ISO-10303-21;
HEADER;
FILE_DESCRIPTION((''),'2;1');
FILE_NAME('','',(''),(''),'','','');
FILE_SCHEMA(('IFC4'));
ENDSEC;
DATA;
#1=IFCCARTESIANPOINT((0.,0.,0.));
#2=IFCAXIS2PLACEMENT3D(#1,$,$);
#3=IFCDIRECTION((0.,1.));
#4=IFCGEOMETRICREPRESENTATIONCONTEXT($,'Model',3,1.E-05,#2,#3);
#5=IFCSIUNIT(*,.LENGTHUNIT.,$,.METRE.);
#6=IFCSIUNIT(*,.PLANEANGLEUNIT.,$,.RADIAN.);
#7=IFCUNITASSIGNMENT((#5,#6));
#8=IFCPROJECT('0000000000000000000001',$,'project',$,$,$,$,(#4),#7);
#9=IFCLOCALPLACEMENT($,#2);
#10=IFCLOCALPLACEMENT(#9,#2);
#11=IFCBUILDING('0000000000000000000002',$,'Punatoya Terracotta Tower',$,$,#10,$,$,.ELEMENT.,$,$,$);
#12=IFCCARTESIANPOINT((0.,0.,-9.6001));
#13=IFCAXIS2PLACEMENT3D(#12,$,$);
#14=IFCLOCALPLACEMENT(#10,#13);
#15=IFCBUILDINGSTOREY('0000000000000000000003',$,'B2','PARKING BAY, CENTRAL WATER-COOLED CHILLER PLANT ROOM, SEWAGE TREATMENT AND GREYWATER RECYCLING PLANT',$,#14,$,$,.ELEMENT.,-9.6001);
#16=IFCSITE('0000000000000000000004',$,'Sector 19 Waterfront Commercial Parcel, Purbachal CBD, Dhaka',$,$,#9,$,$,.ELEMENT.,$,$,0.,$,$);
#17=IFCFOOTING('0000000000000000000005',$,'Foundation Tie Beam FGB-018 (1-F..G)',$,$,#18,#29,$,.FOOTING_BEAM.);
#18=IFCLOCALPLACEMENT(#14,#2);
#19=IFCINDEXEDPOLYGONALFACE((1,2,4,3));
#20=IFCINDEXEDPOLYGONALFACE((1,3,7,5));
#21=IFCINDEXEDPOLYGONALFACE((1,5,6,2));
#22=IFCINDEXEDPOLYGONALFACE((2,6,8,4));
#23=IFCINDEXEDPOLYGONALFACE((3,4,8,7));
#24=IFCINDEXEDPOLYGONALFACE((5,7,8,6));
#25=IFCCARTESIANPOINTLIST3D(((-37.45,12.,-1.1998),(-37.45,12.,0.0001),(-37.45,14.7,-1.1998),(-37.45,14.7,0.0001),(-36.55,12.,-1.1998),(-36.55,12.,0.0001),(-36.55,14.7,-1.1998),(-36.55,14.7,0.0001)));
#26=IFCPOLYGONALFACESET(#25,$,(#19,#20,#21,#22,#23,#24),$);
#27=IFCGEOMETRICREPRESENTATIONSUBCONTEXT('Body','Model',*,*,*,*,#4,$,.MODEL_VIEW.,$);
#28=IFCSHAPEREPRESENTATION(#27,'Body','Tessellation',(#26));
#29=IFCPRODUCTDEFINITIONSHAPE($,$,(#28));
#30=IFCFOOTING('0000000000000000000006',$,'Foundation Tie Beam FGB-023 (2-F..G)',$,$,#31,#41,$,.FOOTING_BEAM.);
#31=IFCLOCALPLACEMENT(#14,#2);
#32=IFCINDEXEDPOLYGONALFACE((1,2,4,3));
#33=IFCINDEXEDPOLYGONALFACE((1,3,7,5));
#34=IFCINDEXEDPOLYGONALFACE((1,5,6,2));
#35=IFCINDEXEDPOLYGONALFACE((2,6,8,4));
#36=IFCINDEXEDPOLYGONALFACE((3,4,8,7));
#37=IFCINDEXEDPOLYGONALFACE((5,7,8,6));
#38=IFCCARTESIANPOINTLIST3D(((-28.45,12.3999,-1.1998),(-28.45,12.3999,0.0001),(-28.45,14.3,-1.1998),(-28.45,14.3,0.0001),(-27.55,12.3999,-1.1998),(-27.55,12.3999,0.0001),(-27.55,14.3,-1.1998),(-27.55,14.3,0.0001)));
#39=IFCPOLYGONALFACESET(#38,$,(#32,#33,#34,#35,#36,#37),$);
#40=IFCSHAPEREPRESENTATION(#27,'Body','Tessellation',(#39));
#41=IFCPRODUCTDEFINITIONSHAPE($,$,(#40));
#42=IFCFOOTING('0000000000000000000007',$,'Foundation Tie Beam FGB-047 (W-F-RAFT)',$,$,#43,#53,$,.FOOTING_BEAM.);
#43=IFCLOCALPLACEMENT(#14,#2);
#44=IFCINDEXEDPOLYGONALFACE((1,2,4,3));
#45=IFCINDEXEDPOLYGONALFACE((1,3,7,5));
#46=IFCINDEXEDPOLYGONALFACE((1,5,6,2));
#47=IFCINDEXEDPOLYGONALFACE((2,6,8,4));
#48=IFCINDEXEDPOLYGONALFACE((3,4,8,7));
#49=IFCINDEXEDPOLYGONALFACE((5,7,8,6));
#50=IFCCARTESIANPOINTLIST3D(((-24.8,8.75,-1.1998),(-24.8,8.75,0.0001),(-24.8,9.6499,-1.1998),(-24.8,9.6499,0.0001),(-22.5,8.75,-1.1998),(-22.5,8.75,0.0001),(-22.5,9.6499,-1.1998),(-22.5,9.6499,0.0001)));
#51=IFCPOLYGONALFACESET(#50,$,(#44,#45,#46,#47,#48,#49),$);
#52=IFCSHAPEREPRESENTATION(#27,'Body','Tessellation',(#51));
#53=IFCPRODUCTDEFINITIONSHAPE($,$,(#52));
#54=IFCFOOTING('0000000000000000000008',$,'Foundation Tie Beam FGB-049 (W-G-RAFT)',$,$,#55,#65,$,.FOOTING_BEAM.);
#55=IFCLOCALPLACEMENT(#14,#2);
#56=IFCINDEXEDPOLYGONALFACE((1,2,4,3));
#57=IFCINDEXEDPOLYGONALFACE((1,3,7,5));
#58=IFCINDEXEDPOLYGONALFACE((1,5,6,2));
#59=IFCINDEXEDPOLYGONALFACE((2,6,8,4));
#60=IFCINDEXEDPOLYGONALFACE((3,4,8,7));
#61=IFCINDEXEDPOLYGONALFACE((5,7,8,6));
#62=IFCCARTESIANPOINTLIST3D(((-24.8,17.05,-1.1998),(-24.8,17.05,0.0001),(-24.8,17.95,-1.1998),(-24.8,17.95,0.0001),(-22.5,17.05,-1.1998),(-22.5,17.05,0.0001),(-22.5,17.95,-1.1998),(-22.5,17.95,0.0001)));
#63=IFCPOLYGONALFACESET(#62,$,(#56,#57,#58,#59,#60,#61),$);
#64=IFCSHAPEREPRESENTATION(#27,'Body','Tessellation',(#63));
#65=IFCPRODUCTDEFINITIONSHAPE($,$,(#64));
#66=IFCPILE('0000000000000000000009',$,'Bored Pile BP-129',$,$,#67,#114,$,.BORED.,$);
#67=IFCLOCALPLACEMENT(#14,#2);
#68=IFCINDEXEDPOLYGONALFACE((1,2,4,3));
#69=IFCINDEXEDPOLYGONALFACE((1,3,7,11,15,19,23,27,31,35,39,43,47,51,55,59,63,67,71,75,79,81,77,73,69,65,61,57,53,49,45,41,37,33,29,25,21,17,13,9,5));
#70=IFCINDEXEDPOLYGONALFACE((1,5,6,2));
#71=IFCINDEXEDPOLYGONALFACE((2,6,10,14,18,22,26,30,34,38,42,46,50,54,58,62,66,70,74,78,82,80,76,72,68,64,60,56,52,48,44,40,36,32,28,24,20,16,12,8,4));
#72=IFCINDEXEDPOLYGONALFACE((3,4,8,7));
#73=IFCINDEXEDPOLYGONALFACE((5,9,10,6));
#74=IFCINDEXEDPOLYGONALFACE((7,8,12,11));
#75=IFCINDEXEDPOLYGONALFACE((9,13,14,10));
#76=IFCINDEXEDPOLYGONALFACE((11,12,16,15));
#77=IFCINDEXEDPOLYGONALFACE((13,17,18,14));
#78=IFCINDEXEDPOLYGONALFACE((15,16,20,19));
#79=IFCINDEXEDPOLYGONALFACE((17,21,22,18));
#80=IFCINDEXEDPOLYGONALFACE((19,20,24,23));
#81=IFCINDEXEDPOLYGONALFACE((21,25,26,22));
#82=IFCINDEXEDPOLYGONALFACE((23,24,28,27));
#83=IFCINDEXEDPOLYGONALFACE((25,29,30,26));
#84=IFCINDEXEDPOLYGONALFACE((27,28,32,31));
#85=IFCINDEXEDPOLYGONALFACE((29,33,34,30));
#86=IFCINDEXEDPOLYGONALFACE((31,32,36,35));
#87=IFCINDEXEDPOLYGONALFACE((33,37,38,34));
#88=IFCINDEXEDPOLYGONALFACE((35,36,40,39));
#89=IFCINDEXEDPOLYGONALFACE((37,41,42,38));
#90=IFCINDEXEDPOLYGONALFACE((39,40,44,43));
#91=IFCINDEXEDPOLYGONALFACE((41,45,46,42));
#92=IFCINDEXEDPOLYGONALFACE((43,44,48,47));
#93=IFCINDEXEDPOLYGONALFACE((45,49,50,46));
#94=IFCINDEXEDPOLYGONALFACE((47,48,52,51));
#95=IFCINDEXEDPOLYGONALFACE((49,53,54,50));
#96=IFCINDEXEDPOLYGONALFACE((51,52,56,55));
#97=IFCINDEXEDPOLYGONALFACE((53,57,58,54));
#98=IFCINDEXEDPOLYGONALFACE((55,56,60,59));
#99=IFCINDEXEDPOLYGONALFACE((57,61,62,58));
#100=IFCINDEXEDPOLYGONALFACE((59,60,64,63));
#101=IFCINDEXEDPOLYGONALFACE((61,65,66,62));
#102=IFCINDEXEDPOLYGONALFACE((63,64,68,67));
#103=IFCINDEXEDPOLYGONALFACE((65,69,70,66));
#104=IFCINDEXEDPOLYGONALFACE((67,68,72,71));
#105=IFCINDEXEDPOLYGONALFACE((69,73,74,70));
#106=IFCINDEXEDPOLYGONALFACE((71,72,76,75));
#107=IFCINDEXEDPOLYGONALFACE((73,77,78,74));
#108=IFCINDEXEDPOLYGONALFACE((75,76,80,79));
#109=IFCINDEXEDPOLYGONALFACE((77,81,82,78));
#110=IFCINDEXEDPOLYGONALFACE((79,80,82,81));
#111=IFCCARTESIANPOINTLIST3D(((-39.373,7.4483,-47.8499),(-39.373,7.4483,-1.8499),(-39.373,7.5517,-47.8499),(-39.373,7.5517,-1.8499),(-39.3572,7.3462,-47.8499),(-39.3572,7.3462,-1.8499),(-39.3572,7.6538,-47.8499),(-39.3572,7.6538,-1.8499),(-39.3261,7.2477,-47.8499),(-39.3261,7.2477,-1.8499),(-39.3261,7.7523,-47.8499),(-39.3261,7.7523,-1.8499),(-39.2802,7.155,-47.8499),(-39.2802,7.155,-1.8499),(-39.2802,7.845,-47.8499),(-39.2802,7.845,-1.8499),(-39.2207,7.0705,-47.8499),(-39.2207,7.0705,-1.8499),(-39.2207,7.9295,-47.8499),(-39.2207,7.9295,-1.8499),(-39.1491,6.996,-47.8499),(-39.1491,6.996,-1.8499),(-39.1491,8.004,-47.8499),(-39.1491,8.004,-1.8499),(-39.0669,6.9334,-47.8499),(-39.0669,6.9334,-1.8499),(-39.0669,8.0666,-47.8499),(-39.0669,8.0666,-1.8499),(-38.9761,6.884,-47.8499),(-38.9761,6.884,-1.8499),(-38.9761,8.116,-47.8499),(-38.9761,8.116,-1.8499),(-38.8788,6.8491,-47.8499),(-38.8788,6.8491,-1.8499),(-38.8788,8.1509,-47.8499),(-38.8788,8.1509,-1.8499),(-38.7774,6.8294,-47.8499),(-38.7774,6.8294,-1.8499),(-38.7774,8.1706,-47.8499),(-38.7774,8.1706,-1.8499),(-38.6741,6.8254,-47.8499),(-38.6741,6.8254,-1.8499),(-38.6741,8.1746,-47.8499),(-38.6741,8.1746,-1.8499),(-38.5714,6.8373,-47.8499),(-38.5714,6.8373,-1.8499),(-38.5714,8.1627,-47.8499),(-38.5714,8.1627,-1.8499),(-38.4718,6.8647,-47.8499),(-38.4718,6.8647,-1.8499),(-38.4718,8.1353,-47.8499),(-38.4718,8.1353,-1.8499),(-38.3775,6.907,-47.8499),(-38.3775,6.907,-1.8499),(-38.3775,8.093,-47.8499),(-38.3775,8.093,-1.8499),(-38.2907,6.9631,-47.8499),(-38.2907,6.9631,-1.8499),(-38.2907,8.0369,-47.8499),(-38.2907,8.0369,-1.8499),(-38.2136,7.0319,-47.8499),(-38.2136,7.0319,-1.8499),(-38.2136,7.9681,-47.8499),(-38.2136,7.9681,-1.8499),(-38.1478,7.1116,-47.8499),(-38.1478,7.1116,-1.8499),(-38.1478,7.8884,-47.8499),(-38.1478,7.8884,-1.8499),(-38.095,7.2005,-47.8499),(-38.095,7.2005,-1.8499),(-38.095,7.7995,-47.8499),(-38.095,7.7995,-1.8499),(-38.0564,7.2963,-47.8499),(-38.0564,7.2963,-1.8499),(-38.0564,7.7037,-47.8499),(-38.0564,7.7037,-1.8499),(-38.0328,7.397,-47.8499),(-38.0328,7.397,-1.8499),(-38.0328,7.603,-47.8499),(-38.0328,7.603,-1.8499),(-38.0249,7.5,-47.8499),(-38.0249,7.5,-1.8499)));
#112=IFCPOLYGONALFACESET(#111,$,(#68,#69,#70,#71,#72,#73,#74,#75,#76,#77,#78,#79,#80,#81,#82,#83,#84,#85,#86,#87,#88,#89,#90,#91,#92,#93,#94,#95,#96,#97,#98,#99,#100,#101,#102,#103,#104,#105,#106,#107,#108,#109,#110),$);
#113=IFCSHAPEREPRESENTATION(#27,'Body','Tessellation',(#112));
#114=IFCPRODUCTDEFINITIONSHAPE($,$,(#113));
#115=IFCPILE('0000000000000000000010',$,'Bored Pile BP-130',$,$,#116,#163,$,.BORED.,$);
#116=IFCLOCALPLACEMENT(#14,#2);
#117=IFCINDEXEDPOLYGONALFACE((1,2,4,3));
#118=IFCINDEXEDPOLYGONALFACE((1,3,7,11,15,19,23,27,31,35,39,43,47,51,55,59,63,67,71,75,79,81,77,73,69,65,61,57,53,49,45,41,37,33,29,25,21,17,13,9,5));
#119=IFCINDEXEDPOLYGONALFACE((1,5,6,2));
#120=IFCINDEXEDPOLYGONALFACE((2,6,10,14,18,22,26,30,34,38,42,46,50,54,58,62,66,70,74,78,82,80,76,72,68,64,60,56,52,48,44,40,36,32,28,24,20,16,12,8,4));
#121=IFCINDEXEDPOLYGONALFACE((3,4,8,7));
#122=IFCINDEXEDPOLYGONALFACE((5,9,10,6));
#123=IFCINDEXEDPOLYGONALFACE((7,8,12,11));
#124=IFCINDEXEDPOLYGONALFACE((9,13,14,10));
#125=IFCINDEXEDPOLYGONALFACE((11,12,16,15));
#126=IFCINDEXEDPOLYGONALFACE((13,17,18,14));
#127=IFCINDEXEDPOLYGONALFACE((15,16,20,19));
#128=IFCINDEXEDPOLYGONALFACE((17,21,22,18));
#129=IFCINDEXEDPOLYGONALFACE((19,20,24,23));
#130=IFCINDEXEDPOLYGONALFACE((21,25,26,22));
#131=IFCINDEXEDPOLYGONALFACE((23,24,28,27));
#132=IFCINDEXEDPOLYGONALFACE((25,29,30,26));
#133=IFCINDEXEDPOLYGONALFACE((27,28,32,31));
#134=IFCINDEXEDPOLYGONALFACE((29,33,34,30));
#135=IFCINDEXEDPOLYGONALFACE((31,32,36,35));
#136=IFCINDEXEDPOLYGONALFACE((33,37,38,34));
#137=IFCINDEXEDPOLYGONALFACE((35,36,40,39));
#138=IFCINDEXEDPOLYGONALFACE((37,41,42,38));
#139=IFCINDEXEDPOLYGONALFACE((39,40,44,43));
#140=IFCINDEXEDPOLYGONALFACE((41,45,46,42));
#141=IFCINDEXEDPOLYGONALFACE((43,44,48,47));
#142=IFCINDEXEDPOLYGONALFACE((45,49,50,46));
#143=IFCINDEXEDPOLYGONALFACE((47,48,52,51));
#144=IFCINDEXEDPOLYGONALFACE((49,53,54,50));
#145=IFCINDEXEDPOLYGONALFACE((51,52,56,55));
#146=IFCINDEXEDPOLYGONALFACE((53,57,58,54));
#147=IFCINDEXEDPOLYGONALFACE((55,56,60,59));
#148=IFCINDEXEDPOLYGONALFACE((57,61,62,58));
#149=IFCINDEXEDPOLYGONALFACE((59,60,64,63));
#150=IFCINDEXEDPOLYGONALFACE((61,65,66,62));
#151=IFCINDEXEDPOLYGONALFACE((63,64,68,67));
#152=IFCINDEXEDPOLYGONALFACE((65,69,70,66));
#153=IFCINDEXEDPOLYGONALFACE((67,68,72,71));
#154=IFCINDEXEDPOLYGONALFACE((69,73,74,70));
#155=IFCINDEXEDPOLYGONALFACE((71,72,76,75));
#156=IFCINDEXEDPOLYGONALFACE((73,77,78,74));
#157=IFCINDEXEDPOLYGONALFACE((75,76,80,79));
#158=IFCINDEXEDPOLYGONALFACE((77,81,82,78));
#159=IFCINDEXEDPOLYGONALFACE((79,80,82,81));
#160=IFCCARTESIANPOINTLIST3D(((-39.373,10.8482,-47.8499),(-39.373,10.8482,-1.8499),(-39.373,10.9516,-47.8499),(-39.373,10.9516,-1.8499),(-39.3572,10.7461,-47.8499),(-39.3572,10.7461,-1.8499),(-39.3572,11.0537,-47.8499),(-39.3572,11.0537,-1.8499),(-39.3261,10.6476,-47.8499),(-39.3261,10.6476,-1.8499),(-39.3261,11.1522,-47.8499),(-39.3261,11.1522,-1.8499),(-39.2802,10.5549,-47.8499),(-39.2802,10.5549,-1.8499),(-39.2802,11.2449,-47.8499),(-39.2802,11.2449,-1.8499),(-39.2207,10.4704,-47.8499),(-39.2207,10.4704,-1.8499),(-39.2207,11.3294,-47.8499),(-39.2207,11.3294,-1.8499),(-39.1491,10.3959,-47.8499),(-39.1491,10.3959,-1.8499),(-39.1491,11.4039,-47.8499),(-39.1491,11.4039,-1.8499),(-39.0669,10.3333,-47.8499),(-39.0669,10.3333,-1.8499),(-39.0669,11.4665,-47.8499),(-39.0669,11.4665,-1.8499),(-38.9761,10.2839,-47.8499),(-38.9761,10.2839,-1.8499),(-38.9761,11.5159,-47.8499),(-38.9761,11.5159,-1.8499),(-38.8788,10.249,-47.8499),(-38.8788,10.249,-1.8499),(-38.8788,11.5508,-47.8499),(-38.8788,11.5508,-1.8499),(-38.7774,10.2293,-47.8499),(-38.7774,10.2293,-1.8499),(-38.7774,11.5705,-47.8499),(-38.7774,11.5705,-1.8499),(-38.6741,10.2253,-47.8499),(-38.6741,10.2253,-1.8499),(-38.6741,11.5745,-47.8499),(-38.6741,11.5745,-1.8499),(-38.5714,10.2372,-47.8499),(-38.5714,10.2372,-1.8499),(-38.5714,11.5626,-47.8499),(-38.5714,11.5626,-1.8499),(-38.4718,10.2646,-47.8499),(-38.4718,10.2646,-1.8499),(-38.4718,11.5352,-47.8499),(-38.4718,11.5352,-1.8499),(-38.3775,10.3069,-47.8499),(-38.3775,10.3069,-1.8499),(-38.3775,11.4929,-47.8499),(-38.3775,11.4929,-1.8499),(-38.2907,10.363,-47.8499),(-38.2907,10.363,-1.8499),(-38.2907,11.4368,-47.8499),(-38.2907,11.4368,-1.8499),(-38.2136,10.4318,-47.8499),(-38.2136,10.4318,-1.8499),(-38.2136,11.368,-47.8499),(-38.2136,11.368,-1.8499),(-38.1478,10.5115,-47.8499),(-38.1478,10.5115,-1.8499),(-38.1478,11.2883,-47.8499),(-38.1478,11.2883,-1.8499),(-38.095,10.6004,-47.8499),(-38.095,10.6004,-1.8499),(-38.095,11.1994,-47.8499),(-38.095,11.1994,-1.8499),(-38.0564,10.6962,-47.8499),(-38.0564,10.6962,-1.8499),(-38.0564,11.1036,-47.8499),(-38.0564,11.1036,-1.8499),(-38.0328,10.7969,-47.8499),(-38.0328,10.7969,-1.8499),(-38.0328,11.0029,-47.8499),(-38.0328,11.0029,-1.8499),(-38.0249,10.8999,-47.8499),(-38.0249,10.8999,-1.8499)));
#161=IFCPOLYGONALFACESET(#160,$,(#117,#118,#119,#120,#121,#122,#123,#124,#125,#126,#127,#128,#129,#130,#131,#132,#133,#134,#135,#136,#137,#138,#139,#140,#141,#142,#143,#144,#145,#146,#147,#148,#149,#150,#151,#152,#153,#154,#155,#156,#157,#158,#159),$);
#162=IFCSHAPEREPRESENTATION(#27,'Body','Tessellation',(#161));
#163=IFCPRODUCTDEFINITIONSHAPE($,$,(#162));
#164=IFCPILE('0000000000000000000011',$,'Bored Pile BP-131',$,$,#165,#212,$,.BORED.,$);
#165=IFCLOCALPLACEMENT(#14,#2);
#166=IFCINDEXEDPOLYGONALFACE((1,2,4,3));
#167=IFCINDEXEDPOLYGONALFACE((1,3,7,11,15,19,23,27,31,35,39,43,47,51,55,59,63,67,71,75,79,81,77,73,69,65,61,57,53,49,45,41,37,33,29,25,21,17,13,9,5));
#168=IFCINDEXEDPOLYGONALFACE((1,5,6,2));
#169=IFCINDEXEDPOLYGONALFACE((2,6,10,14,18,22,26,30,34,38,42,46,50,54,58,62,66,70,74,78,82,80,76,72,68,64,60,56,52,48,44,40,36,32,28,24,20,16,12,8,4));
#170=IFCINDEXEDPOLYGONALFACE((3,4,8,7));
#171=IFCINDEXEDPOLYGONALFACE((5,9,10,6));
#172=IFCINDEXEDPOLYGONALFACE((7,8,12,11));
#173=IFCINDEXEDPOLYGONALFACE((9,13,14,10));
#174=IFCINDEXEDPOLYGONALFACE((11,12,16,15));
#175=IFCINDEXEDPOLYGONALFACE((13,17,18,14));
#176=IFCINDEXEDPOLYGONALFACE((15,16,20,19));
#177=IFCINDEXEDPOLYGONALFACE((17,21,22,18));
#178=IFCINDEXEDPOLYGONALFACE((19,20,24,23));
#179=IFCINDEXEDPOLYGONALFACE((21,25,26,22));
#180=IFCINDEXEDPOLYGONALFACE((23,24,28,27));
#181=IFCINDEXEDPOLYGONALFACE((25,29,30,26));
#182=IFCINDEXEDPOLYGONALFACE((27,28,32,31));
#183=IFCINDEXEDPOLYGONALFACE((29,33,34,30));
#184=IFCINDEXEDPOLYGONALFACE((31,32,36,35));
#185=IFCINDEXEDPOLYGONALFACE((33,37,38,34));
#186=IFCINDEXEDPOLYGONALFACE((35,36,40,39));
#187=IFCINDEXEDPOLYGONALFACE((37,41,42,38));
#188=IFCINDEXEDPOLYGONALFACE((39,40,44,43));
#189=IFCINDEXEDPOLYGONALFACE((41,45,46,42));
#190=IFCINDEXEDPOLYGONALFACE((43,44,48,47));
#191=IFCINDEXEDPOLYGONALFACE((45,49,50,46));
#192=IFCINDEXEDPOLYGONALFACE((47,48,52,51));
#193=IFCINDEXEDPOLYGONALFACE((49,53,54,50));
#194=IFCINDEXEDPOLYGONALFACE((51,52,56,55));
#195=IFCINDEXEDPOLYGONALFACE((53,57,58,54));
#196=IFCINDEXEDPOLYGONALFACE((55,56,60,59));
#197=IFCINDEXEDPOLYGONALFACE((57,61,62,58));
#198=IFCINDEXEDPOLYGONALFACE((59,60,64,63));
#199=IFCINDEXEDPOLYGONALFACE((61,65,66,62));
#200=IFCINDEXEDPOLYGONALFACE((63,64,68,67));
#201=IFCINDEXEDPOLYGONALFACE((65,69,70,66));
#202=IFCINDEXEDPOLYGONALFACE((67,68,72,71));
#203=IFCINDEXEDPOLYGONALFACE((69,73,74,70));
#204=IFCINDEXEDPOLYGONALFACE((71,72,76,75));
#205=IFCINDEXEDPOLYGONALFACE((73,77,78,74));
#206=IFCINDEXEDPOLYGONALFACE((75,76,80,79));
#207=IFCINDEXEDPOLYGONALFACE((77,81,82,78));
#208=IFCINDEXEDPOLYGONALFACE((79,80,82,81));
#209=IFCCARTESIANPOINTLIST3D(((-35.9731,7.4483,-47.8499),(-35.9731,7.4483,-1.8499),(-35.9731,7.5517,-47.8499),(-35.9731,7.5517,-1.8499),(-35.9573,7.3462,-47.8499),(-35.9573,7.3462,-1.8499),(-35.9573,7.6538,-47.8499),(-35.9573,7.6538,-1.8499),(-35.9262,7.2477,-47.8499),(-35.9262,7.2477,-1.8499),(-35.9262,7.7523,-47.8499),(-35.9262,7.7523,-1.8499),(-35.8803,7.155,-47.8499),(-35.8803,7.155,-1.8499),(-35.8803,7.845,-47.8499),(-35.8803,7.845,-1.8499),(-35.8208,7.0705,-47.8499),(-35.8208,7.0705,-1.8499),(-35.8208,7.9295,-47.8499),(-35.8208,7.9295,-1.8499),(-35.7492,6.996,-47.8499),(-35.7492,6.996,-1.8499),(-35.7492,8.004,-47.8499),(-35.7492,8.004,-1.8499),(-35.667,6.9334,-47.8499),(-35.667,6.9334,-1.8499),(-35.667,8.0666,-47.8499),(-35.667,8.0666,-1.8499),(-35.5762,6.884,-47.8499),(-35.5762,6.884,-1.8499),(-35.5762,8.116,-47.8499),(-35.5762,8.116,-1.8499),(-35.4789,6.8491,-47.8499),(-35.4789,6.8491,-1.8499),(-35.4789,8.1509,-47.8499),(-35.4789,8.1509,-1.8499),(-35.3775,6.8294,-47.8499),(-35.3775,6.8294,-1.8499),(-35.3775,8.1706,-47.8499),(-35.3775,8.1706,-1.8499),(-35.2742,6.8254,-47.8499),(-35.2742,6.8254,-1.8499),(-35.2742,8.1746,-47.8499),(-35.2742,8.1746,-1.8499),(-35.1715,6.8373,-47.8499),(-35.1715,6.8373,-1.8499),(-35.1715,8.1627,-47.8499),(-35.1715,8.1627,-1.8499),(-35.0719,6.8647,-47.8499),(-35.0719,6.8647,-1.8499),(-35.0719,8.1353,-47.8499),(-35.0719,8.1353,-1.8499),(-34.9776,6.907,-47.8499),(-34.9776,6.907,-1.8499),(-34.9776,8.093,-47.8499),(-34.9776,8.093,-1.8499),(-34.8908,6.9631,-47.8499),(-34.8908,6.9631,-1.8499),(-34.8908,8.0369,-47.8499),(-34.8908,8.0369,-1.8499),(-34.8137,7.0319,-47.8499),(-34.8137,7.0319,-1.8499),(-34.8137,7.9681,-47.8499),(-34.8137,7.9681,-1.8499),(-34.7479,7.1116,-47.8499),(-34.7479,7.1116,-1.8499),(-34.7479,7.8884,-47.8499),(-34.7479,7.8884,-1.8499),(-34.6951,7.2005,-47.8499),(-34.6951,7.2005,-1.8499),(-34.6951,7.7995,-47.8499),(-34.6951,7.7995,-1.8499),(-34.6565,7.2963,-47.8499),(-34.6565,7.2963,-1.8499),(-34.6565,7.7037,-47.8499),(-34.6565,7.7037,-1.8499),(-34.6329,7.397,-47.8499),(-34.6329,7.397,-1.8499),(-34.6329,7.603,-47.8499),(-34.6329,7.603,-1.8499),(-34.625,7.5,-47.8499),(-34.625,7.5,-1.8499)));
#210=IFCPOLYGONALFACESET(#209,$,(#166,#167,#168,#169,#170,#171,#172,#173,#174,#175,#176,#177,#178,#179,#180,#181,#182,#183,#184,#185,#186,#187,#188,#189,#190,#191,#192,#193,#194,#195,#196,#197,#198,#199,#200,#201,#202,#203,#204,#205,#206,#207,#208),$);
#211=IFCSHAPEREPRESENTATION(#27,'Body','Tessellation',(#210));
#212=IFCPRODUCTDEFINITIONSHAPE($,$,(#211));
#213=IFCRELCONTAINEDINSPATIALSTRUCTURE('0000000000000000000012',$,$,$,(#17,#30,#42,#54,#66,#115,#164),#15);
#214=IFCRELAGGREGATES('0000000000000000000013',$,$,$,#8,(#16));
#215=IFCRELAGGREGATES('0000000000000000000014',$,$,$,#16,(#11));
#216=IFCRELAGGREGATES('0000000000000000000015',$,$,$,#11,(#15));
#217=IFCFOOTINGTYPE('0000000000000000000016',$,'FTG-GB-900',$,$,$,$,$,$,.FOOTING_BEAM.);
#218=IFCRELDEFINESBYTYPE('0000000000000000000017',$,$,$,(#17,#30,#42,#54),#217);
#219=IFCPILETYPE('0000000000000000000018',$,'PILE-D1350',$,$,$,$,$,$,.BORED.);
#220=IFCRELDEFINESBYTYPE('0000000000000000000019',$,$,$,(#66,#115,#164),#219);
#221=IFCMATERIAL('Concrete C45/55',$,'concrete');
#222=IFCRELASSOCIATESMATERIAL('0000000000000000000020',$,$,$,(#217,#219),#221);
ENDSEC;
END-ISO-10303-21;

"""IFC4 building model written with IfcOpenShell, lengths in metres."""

from ifc_helpers import new_model, si_unit, direction, frame, origin, origin_2d, place, context, subcontext, project, spatial, rectangle, circle, extrude, material, material_profile, profile_set, type_object, element, save


model = new_model("IFC4")

# Units and contexts
model_context = context("Model", 3, precision=1e-05, world=origin(), true_north=direction((0.0, 1.0)))
body_context = subcontext(model_context, "Body", "Model", "MODEL_VIEW")
ifc_project = project(units=[si_unit("LENGTHUNIT", "METRE"), si_unit("PLANEANGLEUNIT", "RADIAN")], contexts=[model_context])

# Site, building, storey
site_placement = place(None, origin())
site = spatial("IfcSite", under=ifc_project, at=site_placement, Name="Sector 19 Waterfront Commercial Parcel, Purbachal CBD, Dhaka", CompositionType="ELEMENT", RefElevation=0.0)
building_placement = place(site_placement, origin())
building = spatial("IfcBuilding", under=site, at=building_placement, Name="Punatoya Terracotta Tower", CompositionType="ELEMENT")
storey_placement = place(building_placement, frame((0.0, 0.0, -9.6001)))
storey = spatial("IfcBuildingStorey", under=building, at=storey_placement, Name="B2", Description="PARKING BAY, CENTRAL WATER-COOLED CHILLER PLANT ROOM, SEWAGE TREATMENT AND GREYWATER RECYCLING PLANT", CompositionType="ELEMENT", Elevation=-9.6001)

# Footings
ifc_material_1 = material(Name="Concrete C45/55", Category="concrete")
ifc_material_profile_1 = material_profile(ifc_material_1, rectangle(XDim=0.8999, YDim=1.2, at=origin_2d()))
ifc_profile_set_1 = profile_set([ifc_material_profile_1], Name="Concrete C45/55")
footing_type = type_object("IfcFootingType", Name="FTG-GB-900", PredefinedType="FOOTING_BEAM", material=ifc_profile_set_1)
footing_1_placement = place(storey_placement, frame((-37.0, 12.0, -0.5999), z_axis=(0.0, 1.0, 0.0), x_axis=(-1.0, 0.0, 0.0)))
element("IfcFooting", 1, at=footing_1_placement, inside=storey, type_object=footing_type, Name="Foundation Tie Beam FGB-018 (1-F..G)", PredefinedType="FOOTING_BEAM", context=body_context, shape_type="SweptSolid", body=[
    extrude(rectangle(XDim=0.8999, YDim=1.2, at=origin_2d()), origin(), (0.0, 0.0, 1.0), 2.7),
])
footing_2_placement = place(storey_placement, frame((-28.0, 12.3999, -0.5999), z_axis=(0.0, 1.0, 0.0), x_axis=(-1.0, 0.0, 0.0)))
element("IfcFooting", 2, at=footing_2_placement, inside=storey, type_object=footing_type, Name="Foundation Tie Beam FGB-023 (2-F..G)", PredefinedType="FOOTING_BEAM", context=body_context, shape_type="SweptSolid", body=[
    extrude(rectangle(XDim=0.8999, YDim=1.2, at=origin_2d()), origin(), (0.0, 0.0, 1.0), 1.9001),
])
for number, where, z_axis, x_axis, name in (
    (3, (-24.8, 9.2, -0.5999), (1.0, 0.0, 0.0), (0.0, 1.0, 0.0), "Foundation Tie Beam FGB-047 (W-F-RAFT)"),
    (4, (-24.8, 17.5, -0.5999), (1.0, 0.0, 0.0), (0.0, 1.0, 0.0), "Foundation Tie Beam FGB-049 (W-G-RAFT)"),
):
    element("IfcFooting", number, at=place(storey_placement, frame(where, z_axis=z_axis, x_axis=x_axis)), inside=storey, type_object=footing_type, Name=name, PredefinedType="FOOTING_BEAM", context=body_context, shape_type="SweptSolid", body=[
        extrude(rectangle(XDim=0.8999, YDim=1.2, at=origin_2d()), origin(), (0.0, 0.0, 1.0), 2.3),
    ])

# Piles
ifc_material_profile_2 = material_profile(ifc_material_1, circle(Radius=0.675, at=origin_2d()))
ifc_profile_set_2 = profile_set([ifc_material_profile_2], Name="Concrete C45/55")
pile_type_1 = type_object("IfcPileType", Name="PILE-D1350", PredefinedType="BORED", material=ifc_profile_set_2)
for number, where, z_axis, x_axis, name in (
    (5, (-38.7, 7.5, -1.8499), (0.0, 0.0, -1.0), (1.0, 0.0, 0.0), "Bored Pile BP-129"),
    (6, (-38.7, 10.8999, -1.8499), (0.0, 0.0, -1.0), (1.0, 0.0, 0.0), "Bored Pile BP-130"),
    (7, (-35.3, 7.5, -1.8499), (0.0, 0.0, -1.0), (1.0, 0.0, 0.0), "Bored Pile BP-131"),
):
    element("IfcPile", number, at=place(storey_placement, frame(where, z_axis=z_axis, x_axis=x_axis)), inside=storey, type_object=pile_type_1, Name=name, PredefinedType="BORED", context=body_context, shape_type="SweptSolid", body=[
        extrude(circle(Radius=0.675, at=origin_2d()), origin(), (0.0, 0.0, 1.0), 46.0),
    ])

save(model, "model.ifc")
